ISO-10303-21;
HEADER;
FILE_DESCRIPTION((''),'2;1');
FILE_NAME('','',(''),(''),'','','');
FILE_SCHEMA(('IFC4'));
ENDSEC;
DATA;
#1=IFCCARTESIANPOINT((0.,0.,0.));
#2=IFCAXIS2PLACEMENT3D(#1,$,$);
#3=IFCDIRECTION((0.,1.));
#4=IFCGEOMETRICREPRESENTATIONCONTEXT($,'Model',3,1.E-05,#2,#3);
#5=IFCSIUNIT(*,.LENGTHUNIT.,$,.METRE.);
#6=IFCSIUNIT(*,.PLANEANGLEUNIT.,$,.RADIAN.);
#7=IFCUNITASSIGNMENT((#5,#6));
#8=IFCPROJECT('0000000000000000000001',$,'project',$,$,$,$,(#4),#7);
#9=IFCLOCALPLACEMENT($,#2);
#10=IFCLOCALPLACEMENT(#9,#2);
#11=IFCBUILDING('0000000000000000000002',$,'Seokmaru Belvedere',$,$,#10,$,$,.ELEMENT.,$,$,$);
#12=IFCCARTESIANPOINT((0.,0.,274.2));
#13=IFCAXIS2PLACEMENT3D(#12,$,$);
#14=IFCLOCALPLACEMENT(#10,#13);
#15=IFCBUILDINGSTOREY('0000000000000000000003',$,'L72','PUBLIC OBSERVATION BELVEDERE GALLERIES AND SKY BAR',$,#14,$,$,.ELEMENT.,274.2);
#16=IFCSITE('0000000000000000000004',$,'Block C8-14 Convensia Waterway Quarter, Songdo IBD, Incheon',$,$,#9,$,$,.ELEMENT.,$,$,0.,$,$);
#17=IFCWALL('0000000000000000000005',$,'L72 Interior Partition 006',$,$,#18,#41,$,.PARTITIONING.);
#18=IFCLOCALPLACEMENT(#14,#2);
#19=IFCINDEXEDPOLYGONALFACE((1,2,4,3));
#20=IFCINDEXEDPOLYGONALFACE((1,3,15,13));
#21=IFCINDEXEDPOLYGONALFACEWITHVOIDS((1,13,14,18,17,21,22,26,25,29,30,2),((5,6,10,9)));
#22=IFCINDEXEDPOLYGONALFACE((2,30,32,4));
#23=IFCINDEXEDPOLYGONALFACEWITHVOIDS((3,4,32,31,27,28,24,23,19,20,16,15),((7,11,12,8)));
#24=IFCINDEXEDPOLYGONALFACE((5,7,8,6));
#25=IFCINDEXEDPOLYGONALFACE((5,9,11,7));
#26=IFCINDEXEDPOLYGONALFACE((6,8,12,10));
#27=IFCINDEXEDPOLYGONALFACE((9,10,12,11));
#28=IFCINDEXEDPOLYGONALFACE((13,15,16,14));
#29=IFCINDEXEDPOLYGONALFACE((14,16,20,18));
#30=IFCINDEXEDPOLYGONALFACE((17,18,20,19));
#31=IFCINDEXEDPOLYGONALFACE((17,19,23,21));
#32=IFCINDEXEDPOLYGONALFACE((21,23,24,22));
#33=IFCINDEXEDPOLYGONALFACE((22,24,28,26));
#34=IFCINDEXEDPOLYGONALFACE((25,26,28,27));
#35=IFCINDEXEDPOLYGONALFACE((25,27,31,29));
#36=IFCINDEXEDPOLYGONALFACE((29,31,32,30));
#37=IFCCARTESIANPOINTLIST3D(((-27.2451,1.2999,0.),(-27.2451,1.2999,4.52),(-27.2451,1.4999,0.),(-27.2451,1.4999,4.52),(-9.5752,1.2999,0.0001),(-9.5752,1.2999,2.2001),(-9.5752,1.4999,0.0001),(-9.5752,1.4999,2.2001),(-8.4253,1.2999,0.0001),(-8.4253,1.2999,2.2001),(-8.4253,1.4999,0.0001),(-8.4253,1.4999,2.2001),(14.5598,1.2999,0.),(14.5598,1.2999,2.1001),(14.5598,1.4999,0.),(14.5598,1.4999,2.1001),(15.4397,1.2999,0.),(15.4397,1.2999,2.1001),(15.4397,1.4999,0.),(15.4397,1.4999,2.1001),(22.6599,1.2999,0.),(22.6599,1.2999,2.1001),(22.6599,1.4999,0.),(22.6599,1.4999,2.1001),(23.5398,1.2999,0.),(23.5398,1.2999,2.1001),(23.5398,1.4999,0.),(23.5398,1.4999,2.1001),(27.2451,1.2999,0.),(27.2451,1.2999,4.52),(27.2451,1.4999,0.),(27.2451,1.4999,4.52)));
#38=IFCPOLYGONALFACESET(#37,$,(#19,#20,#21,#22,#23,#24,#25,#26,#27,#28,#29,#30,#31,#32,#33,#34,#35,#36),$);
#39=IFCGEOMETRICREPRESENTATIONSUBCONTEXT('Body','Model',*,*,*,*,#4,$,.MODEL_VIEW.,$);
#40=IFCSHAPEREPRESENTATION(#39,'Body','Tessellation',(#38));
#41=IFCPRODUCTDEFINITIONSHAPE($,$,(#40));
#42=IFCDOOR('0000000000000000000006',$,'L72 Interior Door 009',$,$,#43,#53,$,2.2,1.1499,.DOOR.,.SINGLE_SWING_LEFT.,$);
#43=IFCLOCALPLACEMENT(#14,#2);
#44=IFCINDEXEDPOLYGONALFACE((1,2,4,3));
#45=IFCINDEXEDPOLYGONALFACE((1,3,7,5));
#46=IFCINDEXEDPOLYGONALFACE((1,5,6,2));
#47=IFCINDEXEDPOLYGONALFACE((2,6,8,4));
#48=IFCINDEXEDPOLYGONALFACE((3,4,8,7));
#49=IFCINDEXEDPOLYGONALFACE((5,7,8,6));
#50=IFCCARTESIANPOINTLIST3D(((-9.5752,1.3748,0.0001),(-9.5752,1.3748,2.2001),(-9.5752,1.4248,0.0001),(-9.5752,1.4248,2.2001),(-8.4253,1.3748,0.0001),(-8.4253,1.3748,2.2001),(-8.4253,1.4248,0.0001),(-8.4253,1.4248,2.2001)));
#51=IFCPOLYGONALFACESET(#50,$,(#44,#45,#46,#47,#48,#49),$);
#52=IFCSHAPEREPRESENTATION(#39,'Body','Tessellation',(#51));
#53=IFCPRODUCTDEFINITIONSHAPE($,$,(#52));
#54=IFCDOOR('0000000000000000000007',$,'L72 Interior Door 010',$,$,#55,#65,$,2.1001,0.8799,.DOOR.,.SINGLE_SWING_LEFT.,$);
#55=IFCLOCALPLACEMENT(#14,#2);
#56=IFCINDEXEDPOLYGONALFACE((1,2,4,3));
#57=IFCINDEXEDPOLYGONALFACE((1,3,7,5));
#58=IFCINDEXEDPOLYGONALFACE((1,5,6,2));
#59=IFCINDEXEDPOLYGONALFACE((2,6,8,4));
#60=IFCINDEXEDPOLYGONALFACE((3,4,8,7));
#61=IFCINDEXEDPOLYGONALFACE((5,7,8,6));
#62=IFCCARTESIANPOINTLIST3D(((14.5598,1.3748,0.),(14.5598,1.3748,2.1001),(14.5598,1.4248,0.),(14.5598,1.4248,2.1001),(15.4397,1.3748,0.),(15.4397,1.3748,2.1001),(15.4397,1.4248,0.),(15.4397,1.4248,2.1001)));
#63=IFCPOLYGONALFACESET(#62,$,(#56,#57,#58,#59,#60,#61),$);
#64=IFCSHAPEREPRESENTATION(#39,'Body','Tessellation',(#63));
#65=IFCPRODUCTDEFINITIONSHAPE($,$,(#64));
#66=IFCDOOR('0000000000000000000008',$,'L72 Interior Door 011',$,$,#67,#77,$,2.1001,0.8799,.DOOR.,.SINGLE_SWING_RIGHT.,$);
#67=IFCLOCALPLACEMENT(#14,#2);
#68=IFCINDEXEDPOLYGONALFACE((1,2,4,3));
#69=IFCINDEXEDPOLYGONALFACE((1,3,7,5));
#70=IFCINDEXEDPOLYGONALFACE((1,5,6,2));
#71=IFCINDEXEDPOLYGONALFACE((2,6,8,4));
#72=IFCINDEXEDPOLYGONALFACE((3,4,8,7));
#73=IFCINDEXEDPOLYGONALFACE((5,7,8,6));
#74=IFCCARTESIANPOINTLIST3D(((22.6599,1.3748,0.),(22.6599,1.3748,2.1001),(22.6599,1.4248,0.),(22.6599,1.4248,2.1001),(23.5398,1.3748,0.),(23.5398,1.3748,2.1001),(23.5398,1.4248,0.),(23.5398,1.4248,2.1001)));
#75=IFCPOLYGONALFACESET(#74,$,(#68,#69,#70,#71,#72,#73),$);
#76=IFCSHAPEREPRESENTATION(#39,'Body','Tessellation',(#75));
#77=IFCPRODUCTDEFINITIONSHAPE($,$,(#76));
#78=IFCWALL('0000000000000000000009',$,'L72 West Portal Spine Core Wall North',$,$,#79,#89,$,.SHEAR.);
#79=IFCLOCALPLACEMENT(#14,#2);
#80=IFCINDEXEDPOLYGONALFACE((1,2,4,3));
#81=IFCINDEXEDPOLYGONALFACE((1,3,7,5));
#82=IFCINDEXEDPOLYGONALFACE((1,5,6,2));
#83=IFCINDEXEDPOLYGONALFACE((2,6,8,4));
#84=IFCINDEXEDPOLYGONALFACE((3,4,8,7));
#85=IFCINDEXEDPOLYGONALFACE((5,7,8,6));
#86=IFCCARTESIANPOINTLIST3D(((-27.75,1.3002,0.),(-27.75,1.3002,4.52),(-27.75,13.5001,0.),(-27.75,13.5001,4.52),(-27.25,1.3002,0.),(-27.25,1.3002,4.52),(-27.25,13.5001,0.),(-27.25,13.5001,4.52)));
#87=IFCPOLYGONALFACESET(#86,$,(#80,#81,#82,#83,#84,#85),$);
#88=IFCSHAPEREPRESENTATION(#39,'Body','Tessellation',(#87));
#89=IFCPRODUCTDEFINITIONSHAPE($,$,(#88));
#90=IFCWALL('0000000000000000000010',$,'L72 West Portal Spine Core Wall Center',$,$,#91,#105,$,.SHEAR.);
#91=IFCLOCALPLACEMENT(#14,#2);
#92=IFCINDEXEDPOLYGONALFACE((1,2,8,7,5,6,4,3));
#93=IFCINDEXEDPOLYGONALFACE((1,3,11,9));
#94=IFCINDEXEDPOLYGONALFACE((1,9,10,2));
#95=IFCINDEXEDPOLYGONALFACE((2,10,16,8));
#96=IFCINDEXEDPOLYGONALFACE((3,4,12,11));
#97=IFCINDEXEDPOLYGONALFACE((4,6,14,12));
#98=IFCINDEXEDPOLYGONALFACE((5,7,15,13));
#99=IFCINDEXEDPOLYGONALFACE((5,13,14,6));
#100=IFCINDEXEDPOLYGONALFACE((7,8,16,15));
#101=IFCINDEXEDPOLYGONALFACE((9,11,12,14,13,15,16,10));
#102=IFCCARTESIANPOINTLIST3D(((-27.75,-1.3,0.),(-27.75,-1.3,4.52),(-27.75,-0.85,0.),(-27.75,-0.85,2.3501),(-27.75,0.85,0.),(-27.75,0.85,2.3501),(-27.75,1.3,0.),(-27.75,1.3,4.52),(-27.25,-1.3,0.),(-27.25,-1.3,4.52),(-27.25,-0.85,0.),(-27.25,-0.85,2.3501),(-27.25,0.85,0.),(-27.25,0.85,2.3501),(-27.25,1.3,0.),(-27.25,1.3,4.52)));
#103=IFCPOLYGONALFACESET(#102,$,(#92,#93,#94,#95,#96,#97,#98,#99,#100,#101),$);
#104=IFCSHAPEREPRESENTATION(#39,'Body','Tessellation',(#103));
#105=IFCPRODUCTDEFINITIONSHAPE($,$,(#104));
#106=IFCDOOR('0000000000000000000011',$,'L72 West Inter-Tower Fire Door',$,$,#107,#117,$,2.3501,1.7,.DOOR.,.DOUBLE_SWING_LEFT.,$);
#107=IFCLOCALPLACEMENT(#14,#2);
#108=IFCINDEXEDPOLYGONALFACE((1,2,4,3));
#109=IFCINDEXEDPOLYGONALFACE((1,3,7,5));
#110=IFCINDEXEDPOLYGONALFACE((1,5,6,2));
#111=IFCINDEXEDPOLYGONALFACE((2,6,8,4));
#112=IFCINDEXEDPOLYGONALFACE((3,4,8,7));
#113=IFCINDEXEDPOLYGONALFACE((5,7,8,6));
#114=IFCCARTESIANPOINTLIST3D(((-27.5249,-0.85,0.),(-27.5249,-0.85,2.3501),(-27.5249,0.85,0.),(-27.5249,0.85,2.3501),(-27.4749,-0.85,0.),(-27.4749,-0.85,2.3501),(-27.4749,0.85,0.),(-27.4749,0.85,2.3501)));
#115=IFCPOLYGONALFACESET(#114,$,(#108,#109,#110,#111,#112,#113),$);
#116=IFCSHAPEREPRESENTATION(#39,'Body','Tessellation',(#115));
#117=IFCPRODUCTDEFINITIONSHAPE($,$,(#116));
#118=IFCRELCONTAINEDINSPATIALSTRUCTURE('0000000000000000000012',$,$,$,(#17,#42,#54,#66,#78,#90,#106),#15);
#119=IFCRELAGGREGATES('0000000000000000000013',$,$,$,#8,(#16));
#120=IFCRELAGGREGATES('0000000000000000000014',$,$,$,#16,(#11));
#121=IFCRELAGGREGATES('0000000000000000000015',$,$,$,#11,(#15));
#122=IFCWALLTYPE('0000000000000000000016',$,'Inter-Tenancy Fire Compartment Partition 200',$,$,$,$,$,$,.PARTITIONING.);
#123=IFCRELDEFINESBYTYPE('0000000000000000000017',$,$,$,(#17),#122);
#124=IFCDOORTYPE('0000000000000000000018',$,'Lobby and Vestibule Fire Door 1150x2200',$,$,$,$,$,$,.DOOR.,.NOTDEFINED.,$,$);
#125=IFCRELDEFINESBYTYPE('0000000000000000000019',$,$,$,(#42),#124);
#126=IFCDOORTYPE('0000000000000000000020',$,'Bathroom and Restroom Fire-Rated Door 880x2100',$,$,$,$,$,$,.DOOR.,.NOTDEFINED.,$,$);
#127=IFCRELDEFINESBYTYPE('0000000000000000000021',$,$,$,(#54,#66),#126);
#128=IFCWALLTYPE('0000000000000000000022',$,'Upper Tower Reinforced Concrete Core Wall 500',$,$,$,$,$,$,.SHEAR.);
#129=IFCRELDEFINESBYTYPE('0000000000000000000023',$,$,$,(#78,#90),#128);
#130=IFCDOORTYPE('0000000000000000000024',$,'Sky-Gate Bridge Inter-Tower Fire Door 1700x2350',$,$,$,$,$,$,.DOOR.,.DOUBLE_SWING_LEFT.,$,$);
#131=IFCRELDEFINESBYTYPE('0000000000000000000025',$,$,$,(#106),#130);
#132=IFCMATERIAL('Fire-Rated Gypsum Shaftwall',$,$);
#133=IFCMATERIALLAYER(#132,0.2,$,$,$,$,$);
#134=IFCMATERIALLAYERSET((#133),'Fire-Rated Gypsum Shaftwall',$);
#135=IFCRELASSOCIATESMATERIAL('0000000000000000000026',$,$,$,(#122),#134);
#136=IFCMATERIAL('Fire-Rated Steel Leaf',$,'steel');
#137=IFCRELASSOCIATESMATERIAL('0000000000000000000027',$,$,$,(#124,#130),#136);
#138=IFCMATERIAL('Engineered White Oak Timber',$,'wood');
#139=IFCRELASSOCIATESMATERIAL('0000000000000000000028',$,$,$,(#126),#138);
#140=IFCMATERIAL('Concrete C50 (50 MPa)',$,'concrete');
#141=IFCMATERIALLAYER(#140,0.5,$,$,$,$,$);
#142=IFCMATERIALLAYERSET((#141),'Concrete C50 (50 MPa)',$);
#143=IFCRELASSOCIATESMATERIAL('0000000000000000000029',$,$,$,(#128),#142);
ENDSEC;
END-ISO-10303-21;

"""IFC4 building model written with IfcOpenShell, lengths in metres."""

from ifc_helpers import new_model, si_unit, direction, frame, frame_2d, origin, place, context, subcontext, project, spatial, rectangle, extrude, source, transform, mapped, material, layer, layer_set, type_object, type_shapes, element, fill, save


model = new_model("IFC4")

# Units and contexts
model_context = context("Model", 3, precision=1e-05, world=origin(), true_north=direction((0.0, 1.0)))
body_context = subcontext(model_context, "Body", "Model", "MODEL_VIEW")
ifc_project = project(units=[si_unit("LENGTHUNIT", "METRE"), si_unit("PLANEANGLEUNIT", "RADIAN")], contexts=[model_context])

# Site, building, storey
site_placement = place(None, origin())
site = spatial("IfcSite", under=ifc_project, at=site_placement, Name="Block C8-14 Convensia Waterway Quarter, Songdo IBD, Incheon", CompositionType="ELEMENT", RefElevation=0.0)
building_placement = place(site_placement, origin())
building = spatial("IfcBuilding", under=site, at=building_placement, Name="Seokmaru Belvedere", CompositionType="ELEMENT")
storey_placement = place(building_placement, frame((0.0, 0.0, 274.2)))
storey = spatial("IfcBuildingStorey", under=building, at=storey_placement, Name="L72", Description="PUBLIC OBSERVATION BELVEDERE GALLERIES AND SKY BAR", CompositionType="ELEMENT", Elevation=274.2)

# Wall, openings, doors
ifc_material_1 = material(Name="Fire-Rated Gypsum Shaftwall")
ifc_layer_1 = layer(ifc_material_1, 0.2)
ifc_layer_set_1 = layer_set([ifc_layer_1], Name="Fire-Rated Gypsum Shaftwall")
wall_type_1 = type_object("IfcWallType", Name="Inter-Tenancy Fire Compartment Partition 200", PredefinedType="PARTITIONING", material=ifc_layer_set_1)
ifc_material_2 = material(Name="Fire-Rated Steel Leaf", Category="steel")
door_type_1 = type_object("IfcDoorType", Name="Lobby and Vestibule Fire Door 1150x2200", OperationType="NOTDEFINED", PredefinedType="DOOR", material=ifc_material_2)
shared_shape_1 = source(origin(), body_context, "Body", "SweptSolid", [
    extrude(rectangle(XDim=1.1499, YDim=2.2, at=frame_2d((0.575, 1.1001))), frame((0.0, 0.0249, 0.0), z_axis=(0.0, -1.0, 0.0), x_axis=(1.0, 0.0, 0.0)), (0.0, 0.0, 1.0), 0.05),
])
type_shapes(door_type_1, [shared_shape_1])
wall_1_placement = place(storey_placement, frame((-27.2451, 1.3999, 0.0), z_axis=(0.0, 0.0, 1.0), x_axis=(1.0, 0.0, 0.0)))
wall_1 = element("IfcWall", 1, at=wall_1_placement, inside=storey, type_object=wall_type_1, Name="L72 Interior Partition 006", PredefinedType="PARTITIONING", context=body_context, shape_type="SweptSolid", body=[
    extrude(rectangle(XDim=54.4902, YDim=0.2, at=frame_2d((27.2451, 0.0))), origin(), (0.0, 0.0, 1.0), 4.52),
])
opening_1_placement = place(wall_1_placement, frame((17.6699, 0.0, 0.0)))
opening_1 = element("IfcOpeningElement", 2, at=opening_1_placement, cuts=wall_1, PredefinedType="OPENING", context=body_context, shape_type="SweptSolid", body=[
    extrude(rectangle(XDim=1.1499, YDim=2.2, at=frame_2d((0.575, 1.1001))), frame((0.0, 0.1099, 0.0), z_axis=(0.0, -1.0, 0.0), x_axis=(1.0, 0.0, 0.0)), (0.0, 0.0, 1.0), 0.22),
])
opening_2_placement = place(wall_1_placement, frame((41.8049, 0.0, 0.0)))
opening_2 = element("IfcOpeningElement", 3, at=opening_2_placement, cuts=wall_1, PredefinedType="OPENING", context=body_context, shape_type="SweptSolid", body=[
    extrude(rectangle(XDim=0.8799, YDim=2.1001, at=frame_2d((0.4399, 1.05))), frame((0.0, 0.1099, 0.0), z_axis=(0.0, -1.0, 0.0), x_axis=(1.0, 0.0, 0.0)), (0.0, 0.0, 1.0), 0.22),
])
opening_3_placement = place(wall_1_placement, frame((49.905, 0.0, 0.0)))
opening_3 = element("IfcOpeningElement", 4, at=opening_3_placement, cuts=wall_1, PredefinedType="OPENING", context=body_context, shape_type="SweptSolid", body=[
    extrude(rectangle(XDim=0.8799, YDim=2.1001, at=frame_2d((0.4399, 1.05))), frame((0.0, 0.1099, 0.0), z_axis=(0.0, -1.0, 0.0), x_axis=(1.0, 0.0, 0.0)), (0.0, 0.0, 1.0), 0.22),
])
door_1_placement = place(opening_1_placement, origin())
door_1 = element("IfcDoor", 5, at=door_1_placement, inside=storey, type_object=door_type_1, Name="L72 Interior Door 009", OperationType="SINGLE_SWING_LEFT", OverallHeight=2.2, OverallWidth=1.1499, PredefinedType="DOOR", context=body_context, shape_type="MappedRepresentation", body=[
    mapped(shared_shape_1, transform((0.0, 0.0, 0.0), scale=1.0)),
])
fill(opening_1, door_1)
ifc_material_3 = material(Name="Engineered White Oak Timber", Category="wood")
door_type_2 = type_object("IfcDoorType", Name="Bathroom and Restroom Fire-Rated Door 880x2100", OperationType="NOTDEFINED", PredefinedType="DOOR", material=ifc_material_3)
shared_shape_2 = source(origin(), body_context, "Body", "SweptSolid", [
    extrude(rectangle(XDim=0.8799, YDim=2.1001, at=frame_2d((0.4399, 1.05))), frame((0.0, 0.0249, 0.0), z_axis=(0.0, -1.0, 0.0), x_axis=(1.0, 0.0, 0.0)), (0.0, 0.0, 1.0), 0.05),
])
type_shapes(door_type_2, [shared_shape_2])
door_2_placement = place(opening_2_placement, origin())
door_2 = element("IfcDoor", 6, at=door_2_placement, inside=storey, type_object=door_type_2, Name="L72 Interior Door 010", OperationType="SINGLE_SWING_LEFT", OverallHeight=2.1001, OverallWidth=0.8799, PredefinedType="DOOR", context=body_context, shape_type="MappedRepresentation", body=[
    mapped(shared_shape_2, transform((0.0, 0.0, 0.0), scale=1.0)),
])
fill(opening_2, door_2)
door_3_placement = place(opening_3_placement, origin())
door_3 = element("IfcDoor", 7, at=door_3_placement, inside=storey, type_object=door_type_2, Name="L72 Interior Door 011", OperationType="SINGLE_SWING_RIGHT", OverallHeight=2.1001, OverallWidth=0.8799, PredefinedType="DOOR", context=body_context, shape_type="MappedRepresentation", body=[
    mapped(shared_shape_2, transform((0.0, 0.0, 0.0), scale=1.0)),
])
fill(opening_3, door_3)

# Wall
ifc_material_4 = material(Name="Concrete C50 (50 MPa)", Category="concrete")
ifc_layer_2 = layer(ifc_material_4, 0.5)
ifc_layer_set_2 = layer_set([ifc_layer_2], Name="Concrete C50 (50 MPa)")
wall_type_2 = type_object("IfcWallType", Name="Upper Tower Reinforced Concrete Core Wall 500", PredefinedType="SHEAR", material=ifc_layer_set_2)
wall_2_placement = place(storey_placement, frame((-27.5, 1.3, 0.0), z_axis=(0.0, 0.0, 1.0), x_axis=(0.0, 1.0, 0.0)))
element("IfcWall", 8, at=wall_2_placement, inside=storey, type_object=wall_type_2, Name="L72 West Portal Spine Core Wall North", PredefinedType="SHEAR", context=body_context, shape_type="SweptSolid", body=[
    extrude(rectangle(XDim=12.2, YDim=0.5, at=frame_2d((6.1001, 0.0))), origin(), (0.0, 0.0, 1.0), 4.52),
])

# Wall, opening, door
wall_3_placement = place(storey_placement, frame((-27.5, -1.3, 0.0), z_axis=(0.0, 0.0, 1.0), x_axis=(0.0, 1.0, 0.0)))
wall_3 = element("IfcWall", 9, at=wall_3_placement, inside=storey, type_object=wall_type_2, Name="L72 West Portal Spine Core Wall Center", PredefinedType="SHEAR", context=body_context, shape_type="SweptSolid", body=[
    extrude(rectangle(XDim=2.6001, YDim=0.5, at=frame_2d((1.3, 0.0))), origin(), (0.0, 0.0, 1.0), 4.52),
])
opening_4_placement = place(wall_3_placement, frame((0.45, 0.0, 0.0)))
opening_4 = element("IfcOpeningElement", 10, at=opening_4_placement, cuts=wall_3, PredefinedType="OPENING", context=body_context, shape_type="SweptSolid", body=[
    extrude(rectangle(XDim=1.7, YDim=2.3501, at=frame_2d((0.8501, 1.175))), frame((0.0, 0.26, 0.0), z_axis=(0.0, -1.0, 0.0), x_axis=(1.0, 0.0, 0.0)), (0.0, 0.0, 1.0), 0.52),
])
door_type_3 = type_object("IfcDoorType", Name="Sky-Gate Bridge Inter-Tower Fire Door 1700x2350", OperationType="DOUBLE_SWING_LEFT", PredefinedType="DOOR", material=ifc_material_2)
shared_shape_3 = source(origin(), body_context, "Body", "SweptSolid", [
    extrude(rectangle(XDim=1.7, YDim=2.3501, at=frame_2d((0.8501, 1.175))), frame((0.0, 0.0249, 0.0), z_axis=(0.0, -1.0, 0.0), x_axis=(1.0, 0.0, 0.0)), (0.0, 0.0, 1.0), 0.05),
])
type_shapes(door_type_3, [shared_shape_3])
door_4_placement = place(opening_4_placement, origin())
door_4 = element("IfcDoor", 11, at=door_4_placement, inside=storey, type_object=door_type_3, Name="L72 West Inter-Tower Fire Door", OperationType="DOUBLE_SWING_LEFT", OverallHeight=2.3501, OverallWidth=1.7, PredefinedType="DOOR", context=body_context, shape_type="MappedRepresentation", body=[
    mapped(shared_shape_3, transform((0.0, 0.0, 0.0), scale=1.0)),
])
fill(opening_4, door_4)

save(model, "model.ifc")
